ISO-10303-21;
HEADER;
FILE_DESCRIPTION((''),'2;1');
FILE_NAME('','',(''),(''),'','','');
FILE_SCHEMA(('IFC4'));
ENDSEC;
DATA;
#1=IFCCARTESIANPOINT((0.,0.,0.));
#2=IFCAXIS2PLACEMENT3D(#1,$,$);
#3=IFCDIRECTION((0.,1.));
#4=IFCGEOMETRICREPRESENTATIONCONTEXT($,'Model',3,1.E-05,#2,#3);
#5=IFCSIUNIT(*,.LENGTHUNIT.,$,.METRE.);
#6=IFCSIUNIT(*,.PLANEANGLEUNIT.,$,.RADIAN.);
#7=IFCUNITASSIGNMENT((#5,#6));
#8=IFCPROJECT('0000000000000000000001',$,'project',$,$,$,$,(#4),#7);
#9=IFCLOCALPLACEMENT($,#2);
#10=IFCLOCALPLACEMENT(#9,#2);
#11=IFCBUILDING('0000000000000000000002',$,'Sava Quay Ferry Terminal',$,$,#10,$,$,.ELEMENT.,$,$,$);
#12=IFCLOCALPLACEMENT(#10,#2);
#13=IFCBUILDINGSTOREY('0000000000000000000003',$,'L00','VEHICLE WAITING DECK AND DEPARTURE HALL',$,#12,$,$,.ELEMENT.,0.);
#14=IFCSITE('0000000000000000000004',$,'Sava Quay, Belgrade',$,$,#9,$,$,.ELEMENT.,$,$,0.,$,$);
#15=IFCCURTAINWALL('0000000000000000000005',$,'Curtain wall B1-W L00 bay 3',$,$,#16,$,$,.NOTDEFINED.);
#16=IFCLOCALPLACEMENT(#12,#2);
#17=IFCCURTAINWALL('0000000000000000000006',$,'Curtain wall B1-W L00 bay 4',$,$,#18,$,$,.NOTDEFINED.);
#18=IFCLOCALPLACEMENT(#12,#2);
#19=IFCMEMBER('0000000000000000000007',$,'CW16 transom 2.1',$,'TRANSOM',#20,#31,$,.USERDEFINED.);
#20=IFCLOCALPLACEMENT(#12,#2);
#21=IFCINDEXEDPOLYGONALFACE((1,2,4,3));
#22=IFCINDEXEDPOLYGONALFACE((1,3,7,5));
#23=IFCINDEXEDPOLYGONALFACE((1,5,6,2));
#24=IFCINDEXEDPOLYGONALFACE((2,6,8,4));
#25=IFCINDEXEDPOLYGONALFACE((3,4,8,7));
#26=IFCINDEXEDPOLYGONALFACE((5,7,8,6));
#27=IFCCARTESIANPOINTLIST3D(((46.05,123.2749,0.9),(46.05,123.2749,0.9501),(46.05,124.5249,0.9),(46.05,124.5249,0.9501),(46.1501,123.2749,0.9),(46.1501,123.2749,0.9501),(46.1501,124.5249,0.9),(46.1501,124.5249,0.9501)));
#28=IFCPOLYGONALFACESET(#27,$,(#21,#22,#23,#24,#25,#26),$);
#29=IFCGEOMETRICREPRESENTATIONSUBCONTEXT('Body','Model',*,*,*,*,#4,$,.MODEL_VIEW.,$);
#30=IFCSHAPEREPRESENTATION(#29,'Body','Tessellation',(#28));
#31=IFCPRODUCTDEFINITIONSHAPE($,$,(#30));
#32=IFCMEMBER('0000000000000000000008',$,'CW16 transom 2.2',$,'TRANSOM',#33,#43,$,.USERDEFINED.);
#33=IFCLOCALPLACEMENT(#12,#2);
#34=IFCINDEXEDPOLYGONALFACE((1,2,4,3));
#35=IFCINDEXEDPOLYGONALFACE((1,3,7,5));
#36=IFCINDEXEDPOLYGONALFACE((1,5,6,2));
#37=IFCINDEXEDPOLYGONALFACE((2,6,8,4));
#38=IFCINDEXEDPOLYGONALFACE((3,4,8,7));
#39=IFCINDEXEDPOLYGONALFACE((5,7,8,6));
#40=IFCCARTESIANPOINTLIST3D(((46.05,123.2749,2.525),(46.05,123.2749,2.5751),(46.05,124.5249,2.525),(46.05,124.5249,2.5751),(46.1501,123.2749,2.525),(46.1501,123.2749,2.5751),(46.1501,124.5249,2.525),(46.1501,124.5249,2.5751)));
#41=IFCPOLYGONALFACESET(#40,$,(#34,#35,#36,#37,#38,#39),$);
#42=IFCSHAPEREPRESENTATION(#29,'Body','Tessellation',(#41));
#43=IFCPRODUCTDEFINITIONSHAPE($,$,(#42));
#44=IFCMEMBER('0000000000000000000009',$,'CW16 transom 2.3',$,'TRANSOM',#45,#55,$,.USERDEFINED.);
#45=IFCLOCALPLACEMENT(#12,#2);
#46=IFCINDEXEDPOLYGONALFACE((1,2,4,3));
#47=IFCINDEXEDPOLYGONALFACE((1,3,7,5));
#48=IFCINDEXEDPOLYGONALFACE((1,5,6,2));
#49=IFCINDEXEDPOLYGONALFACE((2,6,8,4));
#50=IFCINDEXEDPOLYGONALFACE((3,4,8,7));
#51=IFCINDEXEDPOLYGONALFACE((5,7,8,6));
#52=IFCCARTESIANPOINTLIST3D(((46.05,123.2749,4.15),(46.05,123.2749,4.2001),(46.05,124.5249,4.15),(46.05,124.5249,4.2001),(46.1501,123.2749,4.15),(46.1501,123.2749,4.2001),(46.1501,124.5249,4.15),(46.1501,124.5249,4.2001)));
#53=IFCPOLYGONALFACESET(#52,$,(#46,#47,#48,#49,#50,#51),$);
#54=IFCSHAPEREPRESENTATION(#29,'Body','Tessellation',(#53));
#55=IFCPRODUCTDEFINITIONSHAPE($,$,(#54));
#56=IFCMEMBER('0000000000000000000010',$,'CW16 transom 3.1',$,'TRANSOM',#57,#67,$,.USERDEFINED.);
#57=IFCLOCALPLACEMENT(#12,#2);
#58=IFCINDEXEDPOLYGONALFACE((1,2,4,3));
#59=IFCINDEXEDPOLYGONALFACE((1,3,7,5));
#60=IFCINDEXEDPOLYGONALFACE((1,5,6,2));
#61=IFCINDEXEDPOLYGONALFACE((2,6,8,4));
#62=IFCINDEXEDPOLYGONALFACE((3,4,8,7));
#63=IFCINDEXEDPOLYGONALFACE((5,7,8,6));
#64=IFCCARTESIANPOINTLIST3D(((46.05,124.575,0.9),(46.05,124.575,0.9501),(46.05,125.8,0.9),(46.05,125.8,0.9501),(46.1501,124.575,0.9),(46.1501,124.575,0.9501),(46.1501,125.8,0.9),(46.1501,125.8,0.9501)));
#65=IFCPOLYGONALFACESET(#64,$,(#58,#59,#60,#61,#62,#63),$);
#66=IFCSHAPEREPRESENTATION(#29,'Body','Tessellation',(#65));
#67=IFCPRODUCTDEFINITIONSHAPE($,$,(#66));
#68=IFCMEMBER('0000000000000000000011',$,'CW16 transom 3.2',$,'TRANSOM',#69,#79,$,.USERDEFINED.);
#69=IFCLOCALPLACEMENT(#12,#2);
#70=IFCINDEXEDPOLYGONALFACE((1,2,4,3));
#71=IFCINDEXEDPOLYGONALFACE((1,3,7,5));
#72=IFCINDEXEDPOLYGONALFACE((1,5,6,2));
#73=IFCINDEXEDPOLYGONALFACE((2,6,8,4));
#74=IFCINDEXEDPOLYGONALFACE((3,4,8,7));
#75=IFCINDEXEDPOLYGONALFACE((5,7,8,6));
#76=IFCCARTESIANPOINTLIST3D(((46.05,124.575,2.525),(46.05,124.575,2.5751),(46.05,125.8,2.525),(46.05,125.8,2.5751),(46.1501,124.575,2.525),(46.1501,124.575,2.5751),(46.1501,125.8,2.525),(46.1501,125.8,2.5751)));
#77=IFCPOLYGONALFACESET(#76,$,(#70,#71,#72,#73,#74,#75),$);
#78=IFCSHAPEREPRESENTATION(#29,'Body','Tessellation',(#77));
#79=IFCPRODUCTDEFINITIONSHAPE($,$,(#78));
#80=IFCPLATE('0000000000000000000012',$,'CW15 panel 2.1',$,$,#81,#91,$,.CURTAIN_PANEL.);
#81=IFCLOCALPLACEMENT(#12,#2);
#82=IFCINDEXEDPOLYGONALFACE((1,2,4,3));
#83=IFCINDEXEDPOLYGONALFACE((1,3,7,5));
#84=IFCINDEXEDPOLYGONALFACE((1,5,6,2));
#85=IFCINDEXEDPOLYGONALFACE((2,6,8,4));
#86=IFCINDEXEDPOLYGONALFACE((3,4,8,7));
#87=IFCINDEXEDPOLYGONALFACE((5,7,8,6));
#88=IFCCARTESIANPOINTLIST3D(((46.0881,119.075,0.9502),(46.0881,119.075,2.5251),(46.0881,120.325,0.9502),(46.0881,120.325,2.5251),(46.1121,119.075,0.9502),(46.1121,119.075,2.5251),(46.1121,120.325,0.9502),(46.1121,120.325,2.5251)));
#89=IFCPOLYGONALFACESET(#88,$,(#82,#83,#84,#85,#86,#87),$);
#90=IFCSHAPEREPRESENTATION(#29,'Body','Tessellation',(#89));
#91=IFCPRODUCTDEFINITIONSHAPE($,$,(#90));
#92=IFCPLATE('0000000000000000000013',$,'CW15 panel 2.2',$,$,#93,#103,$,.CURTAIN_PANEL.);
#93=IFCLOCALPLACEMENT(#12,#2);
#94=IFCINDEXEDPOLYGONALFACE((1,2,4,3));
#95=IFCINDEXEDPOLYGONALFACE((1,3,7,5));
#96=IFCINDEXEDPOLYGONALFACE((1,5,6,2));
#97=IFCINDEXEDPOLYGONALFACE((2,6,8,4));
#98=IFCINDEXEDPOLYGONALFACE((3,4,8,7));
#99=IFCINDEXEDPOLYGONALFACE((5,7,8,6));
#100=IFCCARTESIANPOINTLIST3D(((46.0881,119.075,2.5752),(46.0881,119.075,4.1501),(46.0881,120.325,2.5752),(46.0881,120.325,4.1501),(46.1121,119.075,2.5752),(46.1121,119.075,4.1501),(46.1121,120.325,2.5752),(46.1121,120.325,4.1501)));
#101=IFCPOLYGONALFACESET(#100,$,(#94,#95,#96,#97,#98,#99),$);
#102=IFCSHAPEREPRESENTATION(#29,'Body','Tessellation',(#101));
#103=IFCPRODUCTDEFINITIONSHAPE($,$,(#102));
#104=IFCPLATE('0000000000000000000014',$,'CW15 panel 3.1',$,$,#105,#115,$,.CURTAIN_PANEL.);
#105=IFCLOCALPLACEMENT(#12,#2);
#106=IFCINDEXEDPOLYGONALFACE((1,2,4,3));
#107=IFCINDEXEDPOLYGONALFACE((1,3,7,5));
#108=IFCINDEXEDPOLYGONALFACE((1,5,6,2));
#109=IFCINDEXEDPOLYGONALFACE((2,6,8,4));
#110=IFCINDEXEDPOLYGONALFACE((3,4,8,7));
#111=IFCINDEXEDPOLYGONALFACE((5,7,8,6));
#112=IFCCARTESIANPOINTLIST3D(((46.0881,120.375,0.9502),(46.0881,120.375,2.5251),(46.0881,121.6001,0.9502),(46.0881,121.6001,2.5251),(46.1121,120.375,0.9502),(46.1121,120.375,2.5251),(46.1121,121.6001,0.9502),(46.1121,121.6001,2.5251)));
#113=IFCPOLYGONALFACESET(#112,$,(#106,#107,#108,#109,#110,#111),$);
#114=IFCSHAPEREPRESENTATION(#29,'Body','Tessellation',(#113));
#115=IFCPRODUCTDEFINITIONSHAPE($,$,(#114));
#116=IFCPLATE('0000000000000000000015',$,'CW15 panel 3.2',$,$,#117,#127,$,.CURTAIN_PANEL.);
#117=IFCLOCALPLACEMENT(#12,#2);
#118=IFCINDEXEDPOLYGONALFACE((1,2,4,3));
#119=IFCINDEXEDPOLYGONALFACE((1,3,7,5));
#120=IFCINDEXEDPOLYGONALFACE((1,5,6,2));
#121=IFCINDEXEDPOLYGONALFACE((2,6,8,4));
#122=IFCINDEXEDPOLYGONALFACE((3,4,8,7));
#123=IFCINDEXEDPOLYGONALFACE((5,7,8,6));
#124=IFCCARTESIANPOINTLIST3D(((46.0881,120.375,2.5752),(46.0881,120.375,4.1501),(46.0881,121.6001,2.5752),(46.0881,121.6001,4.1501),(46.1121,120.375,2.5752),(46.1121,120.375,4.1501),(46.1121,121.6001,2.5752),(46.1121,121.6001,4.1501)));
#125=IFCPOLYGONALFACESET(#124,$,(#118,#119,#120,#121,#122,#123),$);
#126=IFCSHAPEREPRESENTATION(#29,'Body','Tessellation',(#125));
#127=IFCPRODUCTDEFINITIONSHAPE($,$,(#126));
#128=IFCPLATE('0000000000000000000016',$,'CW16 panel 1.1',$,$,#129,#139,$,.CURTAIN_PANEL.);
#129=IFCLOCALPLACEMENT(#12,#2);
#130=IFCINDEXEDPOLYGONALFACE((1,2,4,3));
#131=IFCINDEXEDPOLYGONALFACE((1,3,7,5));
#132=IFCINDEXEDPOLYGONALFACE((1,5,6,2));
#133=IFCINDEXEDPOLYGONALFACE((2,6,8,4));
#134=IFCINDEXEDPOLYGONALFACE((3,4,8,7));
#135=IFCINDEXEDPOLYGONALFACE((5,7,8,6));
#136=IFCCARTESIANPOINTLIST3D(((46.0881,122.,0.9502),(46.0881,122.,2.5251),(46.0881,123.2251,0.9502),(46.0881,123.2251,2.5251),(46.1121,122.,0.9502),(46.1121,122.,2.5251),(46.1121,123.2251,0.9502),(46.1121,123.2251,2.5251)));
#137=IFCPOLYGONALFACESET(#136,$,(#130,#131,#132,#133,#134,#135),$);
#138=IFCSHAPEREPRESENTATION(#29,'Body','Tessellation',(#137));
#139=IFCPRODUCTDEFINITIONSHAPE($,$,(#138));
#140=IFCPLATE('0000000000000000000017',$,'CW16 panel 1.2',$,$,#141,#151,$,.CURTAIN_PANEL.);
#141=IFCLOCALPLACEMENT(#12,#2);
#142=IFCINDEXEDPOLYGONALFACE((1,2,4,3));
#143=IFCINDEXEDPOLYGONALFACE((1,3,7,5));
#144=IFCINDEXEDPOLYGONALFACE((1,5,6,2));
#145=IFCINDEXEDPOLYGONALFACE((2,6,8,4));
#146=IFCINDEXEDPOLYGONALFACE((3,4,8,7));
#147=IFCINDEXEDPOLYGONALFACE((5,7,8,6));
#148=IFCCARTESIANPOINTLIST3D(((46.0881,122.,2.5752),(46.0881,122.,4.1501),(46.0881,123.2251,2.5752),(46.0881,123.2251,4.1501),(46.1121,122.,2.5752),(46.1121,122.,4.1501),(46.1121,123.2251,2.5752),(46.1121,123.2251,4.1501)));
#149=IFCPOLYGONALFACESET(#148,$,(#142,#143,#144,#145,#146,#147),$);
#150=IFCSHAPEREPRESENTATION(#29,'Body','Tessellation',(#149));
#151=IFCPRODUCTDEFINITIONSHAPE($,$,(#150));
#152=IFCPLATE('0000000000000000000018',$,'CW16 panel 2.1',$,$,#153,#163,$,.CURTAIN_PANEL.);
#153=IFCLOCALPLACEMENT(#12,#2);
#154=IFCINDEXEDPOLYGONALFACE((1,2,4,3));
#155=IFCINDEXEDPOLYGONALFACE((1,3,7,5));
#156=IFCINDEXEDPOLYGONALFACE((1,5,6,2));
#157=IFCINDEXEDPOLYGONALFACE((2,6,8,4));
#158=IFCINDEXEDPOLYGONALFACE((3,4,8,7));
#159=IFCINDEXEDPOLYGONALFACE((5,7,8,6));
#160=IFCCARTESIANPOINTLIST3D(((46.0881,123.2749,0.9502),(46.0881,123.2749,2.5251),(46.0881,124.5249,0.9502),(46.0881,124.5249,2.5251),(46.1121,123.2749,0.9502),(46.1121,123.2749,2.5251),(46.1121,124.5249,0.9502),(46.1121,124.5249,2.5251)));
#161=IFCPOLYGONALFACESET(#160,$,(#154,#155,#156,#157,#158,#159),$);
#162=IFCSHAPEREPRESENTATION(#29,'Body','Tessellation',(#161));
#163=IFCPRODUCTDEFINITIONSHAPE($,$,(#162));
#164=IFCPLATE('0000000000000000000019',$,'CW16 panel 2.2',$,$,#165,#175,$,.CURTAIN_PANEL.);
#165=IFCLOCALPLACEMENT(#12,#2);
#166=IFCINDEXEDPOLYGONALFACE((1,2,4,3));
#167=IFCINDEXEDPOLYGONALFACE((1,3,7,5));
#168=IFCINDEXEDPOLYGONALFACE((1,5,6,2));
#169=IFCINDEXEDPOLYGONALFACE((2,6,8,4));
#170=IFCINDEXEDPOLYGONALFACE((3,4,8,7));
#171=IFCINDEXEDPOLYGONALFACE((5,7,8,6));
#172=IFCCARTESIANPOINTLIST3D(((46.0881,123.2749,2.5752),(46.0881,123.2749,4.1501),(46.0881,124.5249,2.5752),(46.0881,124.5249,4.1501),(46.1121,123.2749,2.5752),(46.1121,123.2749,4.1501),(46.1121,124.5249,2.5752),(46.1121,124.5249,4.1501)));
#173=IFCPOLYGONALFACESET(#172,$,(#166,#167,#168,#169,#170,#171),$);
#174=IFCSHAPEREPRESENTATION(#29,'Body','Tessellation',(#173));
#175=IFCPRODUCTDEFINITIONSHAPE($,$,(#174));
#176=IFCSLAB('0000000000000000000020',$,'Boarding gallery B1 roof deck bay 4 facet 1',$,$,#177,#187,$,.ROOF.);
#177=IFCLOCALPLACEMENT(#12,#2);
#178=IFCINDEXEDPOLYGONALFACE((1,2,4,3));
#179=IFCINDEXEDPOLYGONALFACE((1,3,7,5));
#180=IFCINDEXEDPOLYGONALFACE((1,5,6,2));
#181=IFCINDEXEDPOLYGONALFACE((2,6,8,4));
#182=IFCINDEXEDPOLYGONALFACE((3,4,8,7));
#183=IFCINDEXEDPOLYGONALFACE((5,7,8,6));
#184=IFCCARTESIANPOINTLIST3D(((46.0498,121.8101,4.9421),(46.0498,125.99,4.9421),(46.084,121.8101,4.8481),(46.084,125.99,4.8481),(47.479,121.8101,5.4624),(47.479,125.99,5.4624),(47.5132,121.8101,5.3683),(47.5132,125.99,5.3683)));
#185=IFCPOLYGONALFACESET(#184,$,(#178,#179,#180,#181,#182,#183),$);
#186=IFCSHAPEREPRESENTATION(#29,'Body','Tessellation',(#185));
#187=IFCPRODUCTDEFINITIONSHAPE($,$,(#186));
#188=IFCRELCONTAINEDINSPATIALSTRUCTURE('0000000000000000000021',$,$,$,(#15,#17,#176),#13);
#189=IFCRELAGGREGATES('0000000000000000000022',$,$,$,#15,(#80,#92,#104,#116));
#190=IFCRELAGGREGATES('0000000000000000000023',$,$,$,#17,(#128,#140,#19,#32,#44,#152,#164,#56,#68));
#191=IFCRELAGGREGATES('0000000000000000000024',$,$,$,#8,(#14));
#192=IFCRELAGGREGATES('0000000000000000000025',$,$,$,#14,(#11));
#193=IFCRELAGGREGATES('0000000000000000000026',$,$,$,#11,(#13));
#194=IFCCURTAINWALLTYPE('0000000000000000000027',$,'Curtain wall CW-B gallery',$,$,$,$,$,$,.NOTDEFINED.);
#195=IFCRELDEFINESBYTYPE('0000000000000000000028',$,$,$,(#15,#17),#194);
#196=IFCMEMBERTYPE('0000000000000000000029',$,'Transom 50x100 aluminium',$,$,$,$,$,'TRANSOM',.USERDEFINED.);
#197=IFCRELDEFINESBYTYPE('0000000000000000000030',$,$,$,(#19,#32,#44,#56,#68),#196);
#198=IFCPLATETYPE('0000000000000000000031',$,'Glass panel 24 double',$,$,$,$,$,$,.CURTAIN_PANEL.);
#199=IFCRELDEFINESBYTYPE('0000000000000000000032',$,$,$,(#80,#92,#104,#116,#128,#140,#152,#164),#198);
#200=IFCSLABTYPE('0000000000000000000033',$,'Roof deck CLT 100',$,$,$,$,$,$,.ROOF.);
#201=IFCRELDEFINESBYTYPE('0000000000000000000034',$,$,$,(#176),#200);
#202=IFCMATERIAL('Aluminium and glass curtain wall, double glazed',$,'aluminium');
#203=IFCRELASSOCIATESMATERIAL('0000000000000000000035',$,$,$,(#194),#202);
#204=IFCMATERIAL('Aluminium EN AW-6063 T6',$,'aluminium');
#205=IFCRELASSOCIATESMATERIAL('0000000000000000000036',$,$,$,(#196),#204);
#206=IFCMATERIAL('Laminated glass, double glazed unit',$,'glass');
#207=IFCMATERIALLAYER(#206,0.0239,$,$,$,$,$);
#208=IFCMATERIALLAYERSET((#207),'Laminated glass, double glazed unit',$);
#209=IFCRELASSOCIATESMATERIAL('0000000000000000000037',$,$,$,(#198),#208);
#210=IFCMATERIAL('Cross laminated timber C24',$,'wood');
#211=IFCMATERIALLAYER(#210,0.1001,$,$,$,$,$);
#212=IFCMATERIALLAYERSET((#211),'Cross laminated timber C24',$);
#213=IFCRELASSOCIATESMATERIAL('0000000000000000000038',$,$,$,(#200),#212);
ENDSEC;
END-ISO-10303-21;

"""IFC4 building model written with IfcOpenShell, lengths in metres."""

from ifc_helpers import new_model, si_unit, direction, frame, origin, origin_2d, place, context, subcontext, project, spatial, polyline, rectangle, outline, extrude, material, layer, layer_set, material_profile, profile_set, type_object, element, aggregate, save


model = new_model("IFC4")

# Units and contexts
model_context = context("Model", 3, precision=1e-05, world=origin(), true_north=direction((0.0, 1.0)))
body_context = subcontext(model_context, "Body", "Model", "MODEL_VIEW")
ifc_project = project(units=[si_unit("LENGTHUNIT", "METRE"), si_unit("PLANEANGLEUNIT", "RADIAN")], contexts=[model_context])

# Site, building, storey
site_placement = place(None, origin())
site = spatial("IfcSite", under=ifc_project, at=site_placement, Name="Sava Quay, Belgrade", CompositionType="ELEMENT", RefElevation=0.0)
building_placement = place(site_placement, origin())
building = spatial("IfcBuilding", under=site, at=building_placement, Name="Sava Quay Ferry Terminal", CompositionType="ELEMENT")
storey_placement = place(building_placement, origin())
storey = spatial("IfcBuildingStorey", under=building, at=storey_placement, Name="L00", Description="VEHICLE WAITING DECK AND DEPARTURE HALL", CompositionType="ELEMENT", Elevation=0.0)

# Curtain walls
ifc_material_1 = material(Name="Aluminium and glass curtain wall, double glazed", Category="aluminium")
curtain_wall_type = type_object("IfcCurtainWallType", Name="Curtain wall CW-B gallery", PredefinedType="NOTDEFINED", material=ifc_material_1)
curtain_wall_1_placement = place(storey_placement, origin())
curtain_wall_1 = element("IfcCurtainWall", 1, at=curtain_wall_1_placement, inside=storey, type_object=curtain_wall_type, Name="Curtain wall B1-W L00 bay 3", PredefinedType="NOTDEFINED")
curtain_wall_2_placement = place(storey_placement, origin())
curtain_wall_2 = element("IfcCurtainWall", 2, at=curtain_wall_2_placement, inside=storey, type_object=curtain_wall_type, Name="Curtain wall B1-W L00 bay 4", PredefinedType="NOTDEFINED")

# Members
ifc_material_2 = material(Name="Aluminium EN AW-6063 T6", Category="aluminium")
ifc_material_profile_1 = material_profile(ifc_material_2, rectangle(XDim=0.1001, YDim=0.05, at=origin_2d()), Name="Transom 50x100 aluminium")
ifc_profile_set_1 = profile_set([ifc_material_profile_1], Name="Aluminium EN AW-6063 T6")
member_type_1 = type_object("IfcMemberType", Name="Transom 50x100 aluminium", ElementType="TRANSOM", PredefinedType="USERDEFINED", material=ifc_profile_set_1)
member_1_placement = place(storey_placement, frame((46.1001, 123.2749, 0.925), z_axis=(0.0, 1.0, 0.0), x_axis=(-1.0, 0.0, 0.0)))
member_1 = element("IfcMember", 3, at=member_1_placement, type_object=member_type_1, Name="CW16 transom 2.1", ObjectType="TRANSOM", PredefinedType="USERDEFINED", context=body_context, shape_type="SweptSolid", body=[
    extrude(rectangle(XDim=0.1001, YDim=0.05, at=origin_2d()), origin(), (0.0, 0.0, 1.0), 1.25),
])
member_2_placement = place(storey_placement, frame((46.1001, 123.2749, 2.55), z_axis=(0.0, 1.0, 0.0), x_axis=(-1.0, 0.0, 0.0)))
member_2 = element("IfcMember", 4, at=member_2_placement, type_object=member_type_1, Name="CW16 transom 2.2", ObjectType="TRANSOM", PredefinedType="USERDEFINED", context=body_context, shape_type="SweptSolid", body=[
    extrude(rectangle(XDim=0.1001, YDim=0.05, at=origin_2d()), origin(), (0.0, 0.0, 1.0), 1.25),
])
member_3_placement = place(storey_placement, frame((46.1001, 123.2749, 4.175), z_axis=(0.0, 1.0, 0.0), x_axis=(-1.0, 0.0, 0.0)))
member_3 = element("IfcMember", 5, at=member_3_placement, type_object=member_type_1, Name="CW16 transom 2.3", ObjectType="TRANSOM", PredefinedType="USERDEFINED", context=body_context, shape_type="SweptSolid", body=[
    extrude(rectangle(XDim=0.1001, YDim=0.05, at=origin_2d()), origin(), (0.0, 0.0, 1.0), 1.25),
])
member_4_placement = place(storey_placement, frame((46.1001, 124.575, 0.925), z_axis=(0.0, 1.0, 0.0), x_axis=(-1.0, 0.0, 0.0)))
member_4 = element("IfcMember", 6, at=member_4_placement, type_object=member_type_1, Name="CW16 transom 3.1", ObjectType="TRANSOM", PredefinedType="USERDEFINED", context=body_context, shape_type="SweptSolid", body=[
    extrude(rectangle(XDim=0.1001, YDim=0.05, at=origin_2d()), origin(), (0.0, 0.0, 1.0), 1.2251),
])
member_5_placement = place(storey_placement, frame((46.1001, 124.575, 2.55), z_axis=(0.0, 1.0, 0.0), x_axis=(-1.0, 0.0, 0.0)))
member_5 = element("IfcMember", 7, at=member_5_placement, type_object=member_type_1, Name="CW16 transom 3.2", ObjectType="TRANSOM", PredefinedType="USERDEFINED", context=body_context, shape_type="SweptSolid", body=[
    extrude(rectangle(XDim=0.1001, YDim=0.05, at=origin_2d()), origin(), (0.0, 0.0, 1.0), 1.2251),
])

# Plates
ifc_material_3 = material(Name="Laminated glass, double glazed unit", Category="glass")
ifc_layer_1 = layer(ifc_material_3, 0.0239)
ifc_layer_set_1 = layer_set([ifc_layer_1], Name="Laminated glass, double glazed unit")
plate_type = type_object("IfcPlateType", Name="Glass panel 24 double", PredefinedType="CURTAIN_PANEL", material=ifc_layer_set_1)
plate_1_placement = place(storey_placement, frame((46.1001, 119.7, 0.9502), z_axis=(0.0, 0.0, 1.0), x_axis=(0.0, 1.0, 0.0)))
plate_1 = element("IfcPlate", 8, at=plate_1_placement, type_object=plate_type, Name="CW15 panel 2.1", PredefinedType="CURTAIN_PANEL", context=body_context, shape_type="SweptSolid", body=[
    extrude(rectangle(XDim=1.25, YDim=0.0239, at=origin_2d()), origin(), (0.0, 0.0, 1.0), 1.575),
])
plate_2_placement = place(storey_placement, frame((46.1001, 119.7, 2.5752), z_axis=(0.0, 0.0, 1.0), x_axis=(0.0, 1.0, 0.0)))
plate_2 = element("IfcPlate", 9, at=plate_2_placement, type_object=plate_type, Name="CW15 panel 2.2", PredefinedType="CURTAIN_PANEL", context=body_context, shape_type="SweptSolid", body=[
    extrude(rectangle(XDim=1.25, YDim=0.0239, at=origin_2d()), origin(), (0.0, 0.0, 1.0), 1.575),
])
plate_3_placement = place(storey_placement, frame((46.1001, 120.9875, 0.9502), z_axis=(0.0, 0.0, 1.0), x_axis=(0.0, 1.0, 0.0)))
plate_3 = element("IfcPlate", 10, at=plate_3_placement, type_object=plate_type, Name="CW15 panel 3.1", PredefinedType="CURTAIN_PANEL", context=body_context, shape_type="SweptSolid", body=[
    extrude(rectangle(XDim=1.2251, YDim=0.0239, at=origin_2d()), origin(), (0.0, 0.0, 1.0), 1.575),
])
plate_4_placement = place(storey_placement, frame((46.1001, 120.9875, 2.5752), z_axis=(0.0, 0.0, 1.0), x_axis=(0.0, 1.0, 0.0)))
plate_4 = element("IfcPlate", 11, at=plate_4_placement, type_object=plate_type, Name="CW15 panel 3.2", PredefinedType="CURTAIN_PANEL", context=body_context, shape_type="SweptSolid", body=[
    extrude(rectangle(XDim=1.2251, YDim=0.0239, at=origin_2d()), origin(), (0.0, 0.0, 1.0), 1.575),
])
aggregate(curtain_wall_1, [plate_1, plate_2, plate_3, plate_4])
plate_5_placement = place(storey_placement, frame((46.1001, 122.6125, 0.9502), z_axis=(0.0, 0.0, 1.0), x_axis=(0.0, 1.0, 0.0)))
plate_5 = element("IfcPlate", 12, at=plate_5_placement, type_object=plate_type, Name="CW16 panel 1.1", PredefinedType="CURTAIN_PANEL", context=body_context, shape_type="SweptSolid", body=[
    extrude(rectangle(XDim=1.2251, YDim=0.0239, at=origin_2d()), origin(), (0.0, 0.0, 1.0), 1.575),
])
plate_6_placement = place(storey_placement, frame((46.1001, 122.6125, 2.5752), z_axis=(0.0, 0.0, 1.0), x_axis=(0.0, 1.0, 0.0)))
plate_6 = element("IfcPlate", 13, at=plate_6_placement, type_object=plate_type, Name="CW16 panel 1.2", PredefinedType="CURTAIN_PANEL", context=body_context, shape_type="SweptSolid", body=[
    extrude(rectangle(XDim=1.2251, YDim=0.0239, at=origin_2d()), origin(), (0.0, 0.0, 1.0), 1.575),
])
plate_7_placement = place(storey_placement, frame((46.1001, 123.8999, 0.9502), z_axis=(0.0, 0.0, 1.0), x_axis=(0.0, 1.0, 0.0)))
plate_7 = element("IfcPlate", 14, at=plate_7_placement, type_object=plate_type, Name="CW16 panel 2.1", PredefinedType="CURTAIN_PANEL", context=body_context, shape_type="SweptSolid", body=[
    extrude(rectangle(XDim=1.25, YDim=0.0239, at=origin_2d()), origin(), (0.0, 0.0, 1.0), 1.575),
])
plate_8_placement = place(storey_placement, frame((46.1001, 123.8999, 2.5752), z_axis=(0.0, 0.0, 1.0), x_axis=(0.0, 1.0, 0.0)))
plate_8 = element("IfcPlate", 15, at=plate_8_placement, type_object=plate_type, Name="CW16 panel 2.2", PredefinedType="CURTAIN_PANEL", context=body_context, shape_type="SweptSolid", body=[
    extrude(rectangle(XDim=1.25, YDim=0.0239, at=origin_2d()), origin(), (0.0, 0.0, 1.0), 1.575),
])
aggregate(curtain_wall_2, [plate_5, plate_6, member_1, member_2, member_3, plate_7, plate_8, member_4, member_5])

# Slab
ifc_material_4 = material(Name="Cross laminated timber C24", Category="wood")
ifc_layer_2 = layer(ifc_material_4, 0.1001)
ifc_layer_set_2 = layer_set([ifc_layer_2], Name="Cross laminated timber C24")
slab_type = type_object("IfcSlabType", Name="Roof deck CLT 100", PredefinedType="ROOF", material=ifc_layer_set_2)
slab_placement = place(storey_placement, frame((46.0498, 121.8101, 4.9421), z_axis=(-0.342065, 0.0, 0.939676), x_axis=(0.939676, 0.0, 0.342065)))
element("IfcSlab", 16, at=slab_placement, inside=storey, type_object=slab_type, Name="Boarding gallery B1 roof deck bay 4 facet 1", PredefinedType="ROOF", context=body_context, shape_type="SweptSolid", body=[
    extrude(outline(polyline([(0.0, 0.0), (1.5209, 0.0), (1.5209, 4.1799), (0.0, 4.1799), (0.0, 0.0)])), origin(), (0.0, 0.0, -1.0), 0.1001),
])

save(model, "model.ifc")
